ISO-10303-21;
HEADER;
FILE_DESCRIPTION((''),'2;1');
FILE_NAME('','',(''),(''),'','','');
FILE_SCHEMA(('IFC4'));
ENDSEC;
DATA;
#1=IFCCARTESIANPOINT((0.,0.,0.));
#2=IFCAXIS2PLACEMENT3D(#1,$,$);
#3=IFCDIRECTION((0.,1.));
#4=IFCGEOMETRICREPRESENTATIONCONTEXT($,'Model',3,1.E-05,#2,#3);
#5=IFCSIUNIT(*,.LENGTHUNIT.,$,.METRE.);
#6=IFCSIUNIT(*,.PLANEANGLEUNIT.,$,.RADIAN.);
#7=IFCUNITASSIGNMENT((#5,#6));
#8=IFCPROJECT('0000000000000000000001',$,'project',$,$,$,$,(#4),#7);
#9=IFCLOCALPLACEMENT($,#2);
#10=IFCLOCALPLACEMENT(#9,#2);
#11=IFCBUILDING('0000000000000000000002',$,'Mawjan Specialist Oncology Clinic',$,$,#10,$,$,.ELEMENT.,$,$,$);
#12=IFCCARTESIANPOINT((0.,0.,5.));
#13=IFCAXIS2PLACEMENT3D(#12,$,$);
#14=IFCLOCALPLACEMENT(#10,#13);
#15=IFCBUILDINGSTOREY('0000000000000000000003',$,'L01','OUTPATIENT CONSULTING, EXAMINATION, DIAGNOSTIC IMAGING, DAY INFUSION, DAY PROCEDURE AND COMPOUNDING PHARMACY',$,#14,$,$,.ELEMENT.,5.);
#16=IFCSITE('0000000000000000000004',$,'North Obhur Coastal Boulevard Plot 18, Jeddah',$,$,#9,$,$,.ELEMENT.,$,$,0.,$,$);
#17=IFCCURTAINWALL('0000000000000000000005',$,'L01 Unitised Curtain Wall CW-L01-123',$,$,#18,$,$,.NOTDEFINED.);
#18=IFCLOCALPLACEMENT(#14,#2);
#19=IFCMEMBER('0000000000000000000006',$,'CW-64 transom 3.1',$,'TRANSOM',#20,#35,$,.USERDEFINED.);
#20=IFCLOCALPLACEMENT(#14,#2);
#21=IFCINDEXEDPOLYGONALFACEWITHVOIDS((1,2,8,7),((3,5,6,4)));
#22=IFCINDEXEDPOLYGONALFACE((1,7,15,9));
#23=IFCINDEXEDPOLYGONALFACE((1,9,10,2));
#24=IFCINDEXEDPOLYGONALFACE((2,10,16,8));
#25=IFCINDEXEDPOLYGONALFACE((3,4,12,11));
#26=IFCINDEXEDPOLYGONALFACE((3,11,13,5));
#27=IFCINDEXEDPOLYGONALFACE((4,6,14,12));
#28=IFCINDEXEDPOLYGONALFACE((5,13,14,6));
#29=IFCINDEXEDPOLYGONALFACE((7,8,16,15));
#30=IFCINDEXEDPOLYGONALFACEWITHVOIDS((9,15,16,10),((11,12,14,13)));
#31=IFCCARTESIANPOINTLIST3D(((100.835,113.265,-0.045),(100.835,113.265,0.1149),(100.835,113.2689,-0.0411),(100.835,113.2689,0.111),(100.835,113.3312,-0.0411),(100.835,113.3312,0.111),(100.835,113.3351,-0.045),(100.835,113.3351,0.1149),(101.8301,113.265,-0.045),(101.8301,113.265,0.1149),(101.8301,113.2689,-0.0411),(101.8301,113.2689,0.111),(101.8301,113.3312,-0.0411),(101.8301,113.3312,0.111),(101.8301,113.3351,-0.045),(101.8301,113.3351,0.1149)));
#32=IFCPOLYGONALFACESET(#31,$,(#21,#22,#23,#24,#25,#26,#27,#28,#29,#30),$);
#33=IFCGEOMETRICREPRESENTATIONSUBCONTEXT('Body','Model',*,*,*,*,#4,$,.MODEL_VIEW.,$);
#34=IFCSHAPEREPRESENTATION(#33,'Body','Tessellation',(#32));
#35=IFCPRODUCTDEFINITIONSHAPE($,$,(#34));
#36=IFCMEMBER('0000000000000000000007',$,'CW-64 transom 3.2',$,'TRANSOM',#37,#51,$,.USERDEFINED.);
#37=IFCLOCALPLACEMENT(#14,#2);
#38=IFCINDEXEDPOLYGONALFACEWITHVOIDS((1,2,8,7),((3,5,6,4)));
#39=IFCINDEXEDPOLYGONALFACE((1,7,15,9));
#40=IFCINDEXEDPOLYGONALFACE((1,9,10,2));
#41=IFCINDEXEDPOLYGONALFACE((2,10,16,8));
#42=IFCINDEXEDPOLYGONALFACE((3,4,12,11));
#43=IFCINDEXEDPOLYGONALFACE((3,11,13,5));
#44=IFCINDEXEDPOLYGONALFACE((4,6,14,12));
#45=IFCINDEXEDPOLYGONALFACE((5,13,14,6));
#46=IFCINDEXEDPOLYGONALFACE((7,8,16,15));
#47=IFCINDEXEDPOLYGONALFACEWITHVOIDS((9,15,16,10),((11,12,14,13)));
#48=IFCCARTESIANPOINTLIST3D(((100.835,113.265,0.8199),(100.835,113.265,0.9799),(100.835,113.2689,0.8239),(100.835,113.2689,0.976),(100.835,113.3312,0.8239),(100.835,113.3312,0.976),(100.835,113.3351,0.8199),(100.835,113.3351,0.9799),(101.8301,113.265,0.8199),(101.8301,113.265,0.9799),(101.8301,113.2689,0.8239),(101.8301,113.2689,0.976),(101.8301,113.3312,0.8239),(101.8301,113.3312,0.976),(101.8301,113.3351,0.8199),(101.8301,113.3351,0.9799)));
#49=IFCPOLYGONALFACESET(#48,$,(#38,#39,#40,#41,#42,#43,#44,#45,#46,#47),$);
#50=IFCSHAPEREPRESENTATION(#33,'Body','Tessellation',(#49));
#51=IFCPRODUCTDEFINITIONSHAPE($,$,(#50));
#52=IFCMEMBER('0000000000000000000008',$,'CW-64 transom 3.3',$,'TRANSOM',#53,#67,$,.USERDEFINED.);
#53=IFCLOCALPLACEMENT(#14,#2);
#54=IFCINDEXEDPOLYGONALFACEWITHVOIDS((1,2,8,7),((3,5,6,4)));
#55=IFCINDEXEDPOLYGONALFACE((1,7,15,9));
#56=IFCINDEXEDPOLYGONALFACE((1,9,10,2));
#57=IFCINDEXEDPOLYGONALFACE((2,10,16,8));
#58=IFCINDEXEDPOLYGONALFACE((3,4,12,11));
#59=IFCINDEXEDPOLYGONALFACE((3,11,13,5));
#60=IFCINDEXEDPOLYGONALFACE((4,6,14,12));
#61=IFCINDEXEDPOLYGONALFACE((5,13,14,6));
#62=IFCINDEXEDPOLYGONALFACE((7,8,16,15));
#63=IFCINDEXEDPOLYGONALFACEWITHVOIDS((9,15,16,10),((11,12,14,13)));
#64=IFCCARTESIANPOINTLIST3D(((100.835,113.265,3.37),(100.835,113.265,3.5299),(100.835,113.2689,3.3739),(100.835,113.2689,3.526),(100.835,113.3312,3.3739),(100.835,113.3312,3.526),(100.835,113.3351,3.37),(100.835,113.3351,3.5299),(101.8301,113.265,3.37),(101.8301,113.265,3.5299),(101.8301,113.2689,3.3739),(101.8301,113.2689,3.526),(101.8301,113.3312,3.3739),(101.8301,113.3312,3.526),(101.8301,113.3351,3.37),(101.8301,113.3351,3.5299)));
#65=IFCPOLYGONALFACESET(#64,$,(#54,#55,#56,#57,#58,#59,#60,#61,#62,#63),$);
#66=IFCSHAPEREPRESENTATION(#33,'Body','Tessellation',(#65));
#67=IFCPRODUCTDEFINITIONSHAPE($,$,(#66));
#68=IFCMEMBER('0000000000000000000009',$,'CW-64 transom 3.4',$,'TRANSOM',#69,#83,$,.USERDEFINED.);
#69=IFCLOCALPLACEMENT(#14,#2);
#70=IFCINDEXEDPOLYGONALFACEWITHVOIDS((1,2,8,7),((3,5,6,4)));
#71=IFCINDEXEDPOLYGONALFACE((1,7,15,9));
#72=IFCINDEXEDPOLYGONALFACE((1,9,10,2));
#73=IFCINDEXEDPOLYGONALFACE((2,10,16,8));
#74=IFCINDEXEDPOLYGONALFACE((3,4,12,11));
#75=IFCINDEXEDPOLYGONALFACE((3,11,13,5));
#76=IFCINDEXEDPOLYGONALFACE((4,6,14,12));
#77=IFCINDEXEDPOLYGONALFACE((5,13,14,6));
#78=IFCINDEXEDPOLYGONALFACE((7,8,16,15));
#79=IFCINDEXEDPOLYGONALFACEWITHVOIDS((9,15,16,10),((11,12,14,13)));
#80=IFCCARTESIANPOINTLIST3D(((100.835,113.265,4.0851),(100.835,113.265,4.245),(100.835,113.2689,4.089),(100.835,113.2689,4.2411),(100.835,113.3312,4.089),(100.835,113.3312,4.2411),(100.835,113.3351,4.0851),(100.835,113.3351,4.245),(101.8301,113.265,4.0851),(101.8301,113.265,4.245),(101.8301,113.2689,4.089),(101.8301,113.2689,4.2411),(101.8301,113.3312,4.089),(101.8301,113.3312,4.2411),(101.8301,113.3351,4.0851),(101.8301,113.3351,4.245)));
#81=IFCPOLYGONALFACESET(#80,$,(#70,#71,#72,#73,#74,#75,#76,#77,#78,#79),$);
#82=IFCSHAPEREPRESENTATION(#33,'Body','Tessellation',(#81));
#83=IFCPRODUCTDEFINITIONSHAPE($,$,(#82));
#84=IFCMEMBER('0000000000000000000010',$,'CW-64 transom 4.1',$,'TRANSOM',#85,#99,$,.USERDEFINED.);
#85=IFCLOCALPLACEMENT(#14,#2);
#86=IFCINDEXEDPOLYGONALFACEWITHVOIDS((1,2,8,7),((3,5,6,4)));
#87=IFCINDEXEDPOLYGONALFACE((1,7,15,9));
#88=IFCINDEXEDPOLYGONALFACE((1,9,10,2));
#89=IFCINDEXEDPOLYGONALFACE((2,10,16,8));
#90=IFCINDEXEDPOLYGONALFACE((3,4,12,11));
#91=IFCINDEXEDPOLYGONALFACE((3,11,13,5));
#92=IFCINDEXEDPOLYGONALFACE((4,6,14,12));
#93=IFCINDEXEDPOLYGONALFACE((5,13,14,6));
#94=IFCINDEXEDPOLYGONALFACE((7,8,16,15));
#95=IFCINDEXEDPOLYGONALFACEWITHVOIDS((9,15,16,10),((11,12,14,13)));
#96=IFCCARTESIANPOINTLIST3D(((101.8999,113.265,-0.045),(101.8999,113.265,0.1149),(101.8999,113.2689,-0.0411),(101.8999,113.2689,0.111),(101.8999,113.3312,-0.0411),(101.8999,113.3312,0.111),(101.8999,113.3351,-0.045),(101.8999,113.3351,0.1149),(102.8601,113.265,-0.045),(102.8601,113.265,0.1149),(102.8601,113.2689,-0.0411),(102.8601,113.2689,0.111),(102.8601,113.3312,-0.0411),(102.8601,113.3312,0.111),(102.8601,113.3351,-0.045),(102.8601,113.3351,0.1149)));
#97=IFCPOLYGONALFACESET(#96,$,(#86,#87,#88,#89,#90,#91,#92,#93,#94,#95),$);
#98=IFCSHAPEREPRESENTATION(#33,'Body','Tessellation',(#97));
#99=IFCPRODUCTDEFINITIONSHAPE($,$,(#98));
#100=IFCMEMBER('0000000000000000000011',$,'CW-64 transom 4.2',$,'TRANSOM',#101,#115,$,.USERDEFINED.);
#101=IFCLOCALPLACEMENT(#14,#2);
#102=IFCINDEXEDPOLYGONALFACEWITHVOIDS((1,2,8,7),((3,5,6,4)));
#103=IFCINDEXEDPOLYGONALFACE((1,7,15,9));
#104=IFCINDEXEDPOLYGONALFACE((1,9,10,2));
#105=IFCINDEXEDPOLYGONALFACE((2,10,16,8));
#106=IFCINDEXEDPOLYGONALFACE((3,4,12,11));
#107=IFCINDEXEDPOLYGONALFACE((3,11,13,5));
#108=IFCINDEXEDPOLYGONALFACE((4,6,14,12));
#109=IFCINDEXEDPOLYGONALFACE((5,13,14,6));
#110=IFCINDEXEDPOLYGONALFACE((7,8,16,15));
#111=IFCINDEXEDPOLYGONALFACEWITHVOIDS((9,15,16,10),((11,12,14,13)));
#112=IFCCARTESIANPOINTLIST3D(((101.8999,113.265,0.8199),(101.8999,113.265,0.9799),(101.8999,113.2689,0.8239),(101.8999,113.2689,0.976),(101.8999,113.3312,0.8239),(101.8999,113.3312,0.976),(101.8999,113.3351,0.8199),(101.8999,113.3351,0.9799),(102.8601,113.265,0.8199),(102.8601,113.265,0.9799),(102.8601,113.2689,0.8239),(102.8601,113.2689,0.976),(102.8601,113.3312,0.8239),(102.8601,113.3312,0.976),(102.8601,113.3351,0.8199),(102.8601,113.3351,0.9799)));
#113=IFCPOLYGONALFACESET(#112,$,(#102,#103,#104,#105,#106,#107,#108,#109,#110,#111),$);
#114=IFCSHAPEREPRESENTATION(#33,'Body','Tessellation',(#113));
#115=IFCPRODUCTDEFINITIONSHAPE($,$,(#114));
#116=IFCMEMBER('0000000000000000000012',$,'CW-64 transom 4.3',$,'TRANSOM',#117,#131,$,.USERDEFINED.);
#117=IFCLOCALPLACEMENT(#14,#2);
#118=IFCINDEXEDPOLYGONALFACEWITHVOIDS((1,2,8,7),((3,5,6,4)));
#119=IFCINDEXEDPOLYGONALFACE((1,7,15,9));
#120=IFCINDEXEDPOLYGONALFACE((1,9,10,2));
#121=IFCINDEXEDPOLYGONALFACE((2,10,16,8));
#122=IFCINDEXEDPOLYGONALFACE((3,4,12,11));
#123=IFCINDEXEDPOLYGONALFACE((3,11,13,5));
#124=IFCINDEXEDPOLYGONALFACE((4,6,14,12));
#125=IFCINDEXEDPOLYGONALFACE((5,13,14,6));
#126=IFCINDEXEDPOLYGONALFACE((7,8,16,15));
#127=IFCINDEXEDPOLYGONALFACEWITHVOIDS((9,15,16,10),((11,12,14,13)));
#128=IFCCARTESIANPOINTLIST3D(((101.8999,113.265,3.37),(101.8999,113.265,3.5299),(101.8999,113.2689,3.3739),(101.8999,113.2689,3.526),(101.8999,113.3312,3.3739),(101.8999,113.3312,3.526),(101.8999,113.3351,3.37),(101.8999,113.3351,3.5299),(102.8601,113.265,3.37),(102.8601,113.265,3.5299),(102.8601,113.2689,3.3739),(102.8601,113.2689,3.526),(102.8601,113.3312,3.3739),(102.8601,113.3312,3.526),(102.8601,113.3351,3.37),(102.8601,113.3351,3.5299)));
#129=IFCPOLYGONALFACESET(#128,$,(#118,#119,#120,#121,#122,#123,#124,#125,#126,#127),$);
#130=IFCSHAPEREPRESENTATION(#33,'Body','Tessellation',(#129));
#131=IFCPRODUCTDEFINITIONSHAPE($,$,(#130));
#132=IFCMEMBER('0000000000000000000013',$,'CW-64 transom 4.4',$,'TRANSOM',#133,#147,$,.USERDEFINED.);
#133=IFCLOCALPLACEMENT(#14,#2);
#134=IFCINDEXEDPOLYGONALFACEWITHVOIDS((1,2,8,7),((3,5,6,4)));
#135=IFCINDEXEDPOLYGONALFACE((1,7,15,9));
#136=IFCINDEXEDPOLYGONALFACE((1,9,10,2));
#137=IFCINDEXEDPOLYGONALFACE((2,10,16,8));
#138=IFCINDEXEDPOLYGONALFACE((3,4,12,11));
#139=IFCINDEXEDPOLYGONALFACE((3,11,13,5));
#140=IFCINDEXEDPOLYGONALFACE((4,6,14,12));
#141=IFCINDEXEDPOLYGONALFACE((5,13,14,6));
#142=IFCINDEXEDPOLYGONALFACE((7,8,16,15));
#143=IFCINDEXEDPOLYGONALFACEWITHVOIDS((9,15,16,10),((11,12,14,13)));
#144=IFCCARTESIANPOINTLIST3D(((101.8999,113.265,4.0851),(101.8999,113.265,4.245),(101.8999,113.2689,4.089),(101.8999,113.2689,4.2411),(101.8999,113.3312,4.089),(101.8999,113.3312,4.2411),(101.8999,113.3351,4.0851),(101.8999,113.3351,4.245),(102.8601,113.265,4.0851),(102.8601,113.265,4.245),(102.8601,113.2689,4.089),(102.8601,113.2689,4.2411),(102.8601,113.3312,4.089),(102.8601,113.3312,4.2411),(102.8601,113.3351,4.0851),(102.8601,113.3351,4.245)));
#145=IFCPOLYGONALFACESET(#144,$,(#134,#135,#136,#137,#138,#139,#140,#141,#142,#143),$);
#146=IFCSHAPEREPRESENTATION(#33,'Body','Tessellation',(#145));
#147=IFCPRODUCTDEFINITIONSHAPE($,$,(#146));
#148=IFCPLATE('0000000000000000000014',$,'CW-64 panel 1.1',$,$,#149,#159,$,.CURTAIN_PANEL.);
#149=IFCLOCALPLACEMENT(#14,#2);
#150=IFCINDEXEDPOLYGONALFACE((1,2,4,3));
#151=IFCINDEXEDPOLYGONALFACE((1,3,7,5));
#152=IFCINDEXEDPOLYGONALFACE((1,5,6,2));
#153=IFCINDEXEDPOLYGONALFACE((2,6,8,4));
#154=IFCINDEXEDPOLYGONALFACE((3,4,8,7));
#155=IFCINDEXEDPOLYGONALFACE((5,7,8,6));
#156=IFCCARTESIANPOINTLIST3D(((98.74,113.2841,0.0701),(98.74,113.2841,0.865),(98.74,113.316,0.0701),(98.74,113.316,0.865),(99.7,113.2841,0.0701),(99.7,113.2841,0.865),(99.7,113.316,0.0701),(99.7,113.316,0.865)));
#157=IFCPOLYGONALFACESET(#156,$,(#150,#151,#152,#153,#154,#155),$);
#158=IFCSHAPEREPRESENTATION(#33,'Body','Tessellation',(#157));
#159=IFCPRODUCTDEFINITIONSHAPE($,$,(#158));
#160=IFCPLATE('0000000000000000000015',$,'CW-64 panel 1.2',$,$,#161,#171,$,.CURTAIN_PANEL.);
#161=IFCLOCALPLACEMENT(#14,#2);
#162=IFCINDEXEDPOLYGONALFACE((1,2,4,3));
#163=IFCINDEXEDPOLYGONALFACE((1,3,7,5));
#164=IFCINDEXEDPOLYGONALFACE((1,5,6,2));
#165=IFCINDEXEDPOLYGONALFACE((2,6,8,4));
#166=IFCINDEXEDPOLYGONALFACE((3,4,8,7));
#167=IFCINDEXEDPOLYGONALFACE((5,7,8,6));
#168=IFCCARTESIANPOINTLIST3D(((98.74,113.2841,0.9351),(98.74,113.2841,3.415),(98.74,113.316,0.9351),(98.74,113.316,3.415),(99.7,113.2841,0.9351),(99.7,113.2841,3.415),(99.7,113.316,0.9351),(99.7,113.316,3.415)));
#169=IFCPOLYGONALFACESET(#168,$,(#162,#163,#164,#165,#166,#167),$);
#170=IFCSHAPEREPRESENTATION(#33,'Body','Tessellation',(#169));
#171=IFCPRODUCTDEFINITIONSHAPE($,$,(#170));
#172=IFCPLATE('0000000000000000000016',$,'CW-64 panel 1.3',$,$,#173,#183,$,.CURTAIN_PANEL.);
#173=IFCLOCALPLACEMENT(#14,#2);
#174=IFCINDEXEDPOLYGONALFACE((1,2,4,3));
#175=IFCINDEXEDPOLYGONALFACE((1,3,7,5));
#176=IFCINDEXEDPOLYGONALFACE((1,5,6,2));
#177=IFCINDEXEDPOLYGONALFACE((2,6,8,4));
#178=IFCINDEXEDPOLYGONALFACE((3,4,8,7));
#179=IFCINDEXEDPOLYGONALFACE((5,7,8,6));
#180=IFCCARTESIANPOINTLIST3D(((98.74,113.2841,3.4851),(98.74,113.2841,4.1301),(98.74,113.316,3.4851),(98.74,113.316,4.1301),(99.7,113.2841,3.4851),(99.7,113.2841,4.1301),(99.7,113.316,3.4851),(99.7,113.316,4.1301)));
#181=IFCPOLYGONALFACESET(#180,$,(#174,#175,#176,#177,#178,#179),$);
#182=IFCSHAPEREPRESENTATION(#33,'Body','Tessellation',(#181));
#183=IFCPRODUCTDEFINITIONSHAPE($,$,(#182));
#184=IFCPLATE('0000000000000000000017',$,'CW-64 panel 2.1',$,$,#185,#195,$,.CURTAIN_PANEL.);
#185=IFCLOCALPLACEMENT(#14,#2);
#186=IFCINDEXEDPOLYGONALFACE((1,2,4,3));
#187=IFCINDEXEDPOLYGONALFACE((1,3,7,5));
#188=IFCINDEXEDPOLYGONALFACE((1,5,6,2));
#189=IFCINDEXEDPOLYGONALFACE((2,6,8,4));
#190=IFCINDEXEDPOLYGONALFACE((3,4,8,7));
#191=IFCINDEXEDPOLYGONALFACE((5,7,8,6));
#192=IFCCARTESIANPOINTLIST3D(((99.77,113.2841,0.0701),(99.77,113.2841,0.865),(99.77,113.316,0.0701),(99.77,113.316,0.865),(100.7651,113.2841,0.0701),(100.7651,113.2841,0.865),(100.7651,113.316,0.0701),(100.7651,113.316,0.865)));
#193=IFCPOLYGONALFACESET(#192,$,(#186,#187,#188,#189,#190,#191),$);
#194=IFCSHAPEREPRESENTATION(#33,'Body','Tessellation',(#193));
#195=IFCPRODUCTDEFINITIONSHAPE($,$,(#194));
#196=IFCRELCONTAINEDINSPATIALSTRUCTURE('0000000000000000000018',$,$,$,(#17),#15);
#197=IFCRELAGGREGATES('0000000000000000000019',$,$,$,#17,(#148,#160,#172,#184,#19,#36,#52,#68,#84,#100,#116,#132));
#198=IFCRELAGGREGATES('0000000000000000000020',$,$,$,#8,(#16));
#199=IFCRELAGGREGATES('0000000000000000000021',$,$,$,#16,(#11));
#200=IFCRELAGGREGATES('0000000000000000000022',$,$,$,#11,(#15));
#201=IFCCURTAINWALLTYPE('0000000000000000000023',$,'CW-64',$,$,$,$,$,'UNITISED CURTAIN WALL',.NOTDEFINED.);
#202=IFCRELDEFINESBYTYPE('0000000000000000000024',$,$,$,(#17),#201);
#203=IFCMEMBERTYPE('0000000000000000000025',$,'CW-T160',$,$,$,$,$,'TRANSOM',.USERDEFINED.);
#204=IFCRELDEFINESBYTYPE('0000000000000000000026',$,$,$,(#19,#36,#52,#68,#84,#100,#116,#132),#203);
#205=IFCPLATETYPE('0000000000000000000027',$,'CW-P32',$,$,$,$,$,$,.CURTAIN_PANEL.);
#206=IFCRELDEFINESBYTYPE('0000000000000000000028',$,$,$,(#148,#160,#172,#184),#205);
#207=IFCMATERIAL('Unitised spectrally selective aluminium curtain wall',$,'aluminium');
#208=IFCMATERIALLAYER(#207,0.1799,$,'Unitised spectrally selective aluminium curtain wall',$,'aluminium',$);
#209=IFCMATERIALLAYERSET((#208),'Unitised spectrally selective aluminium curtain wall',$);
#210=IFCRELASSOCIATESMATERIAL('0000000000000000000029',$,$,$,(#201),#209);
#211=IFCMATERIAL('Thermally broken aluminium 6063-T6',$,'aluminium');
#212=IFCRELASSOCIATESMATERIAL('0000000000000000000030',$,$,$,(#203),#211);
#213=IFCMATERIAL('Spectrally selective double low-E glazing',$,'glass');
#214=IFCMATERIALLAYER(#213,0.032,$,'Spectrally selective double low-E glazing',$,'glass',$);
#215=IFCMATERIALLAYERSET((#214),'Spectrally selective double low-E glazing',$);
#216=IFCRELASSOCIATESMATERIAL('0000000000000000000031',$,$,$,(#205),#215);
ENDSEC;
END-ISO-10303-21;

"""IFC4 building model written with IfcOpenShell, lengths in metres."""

from ifc_helpers import new_model, si_unit, direction, frame, origin, origin_2d, place, context, subcontext, project, spatial, rectangle, hollow_rectangle, extrude, material, layer, layer_set, material_profile, profile_set, type_object, element, aggregate, save


model = new_model("IFC4")

# Units and contexts
model_context = context("Model", 3, precision=1e-05, world=origin(), true_north=direction((0.0, 1.0)))
body_context = subcontext(model_context, "Body", "Model", "MODEL_VIEW")
ifc_project = project(units=[si_unit("LENGTHUNIT", "METRE"), si_unit("PLANEANGLEUNIT", "RADIAN")], contexts=[model_context])

# Site, building, storey
site_placement = place(None, origin())
site = spatial("IfcSite", under=ifc_project, at=site_placement, Name="North Obhur Coastal Boulevard Plot 18, Jeddah", CompositionType="ELEMENT", RefElevation=0.0)
building_placement = place(site_placement, origin())
building = spatial("IfcBuilding", under=site, at=building_placement, Name="Mawjan Specialist Oncology Clinic", CompositionType="ELEMENT")
storey_placement = place(building_placement, frame((0.0, 0.0, 5.0)))
storey = spatial("IfcBuildingStorey", under=building, at=storey_placement, Name="L01", Description="OUTPATIENT CONSULTING, EXAMINATION, DIAGNOSTIC IMAGING, DAY INFUSION, DAY PROCEDURE AND COMPOUNDING PHARMACY", CompositionType="ELEMENT", Elevation=5.0)

# Curtain wall, members, plates
ifc_material_1 = material(Name="Unitised spectrally selective aluminium curtain wall", Category="aluminium")
ifc_layer_1 = layer(ifc_material_1, 0.1799, Name="Unitised spectrally selective aluminium curtain wall", Category="aluminium")
ifc_layer_set_1 = layer_set([ifc_layer_1], Name="Unitised spectrally selective aluminium curtain wall")
curtain_wall_type = type_object("IfcCurtainWallType", Name="CW-64", ElementType="UNITISED CURTAIN WALL", PredefinedType="NOTDEFINED", material=ifc_layer_set_1)
curtain_wall_placement = place(storey_placement, origin())
curtain_wall = element("IfcCurtainWall", 1, at=curtain_wall_placement, inside=storey, type_object=curtain_wall_type, Name="L01 Unitised Curtain Wall CW-L01-123", PredefinedType="NOTDEFINED")
ifc_material_2 = material(Name="Thermally broken aluminium 6063-T6", Category="aluminium")
ifc_material_profile_1 = material_profile(ifc_material_2, hollow_rectangle(XDim=0.0701, YDim=0.1599, WallThickness=0.0039, at=origin_2d()), Name="ALU TRANSOM 160x70x4", Category="aluminium")
ifc_profile_set_1 = profile_set([ifc_material_profile_1], Name="Thermally broken aluminium 6063-T6")
member_type_1 = type_object("IfcMemberType", Name="CW-T160", ElementType="TRANSOM", PredefinedType="USERDEFINED", material=ifc_profile_set_1)
member_1_placement = place(storey_placement, frame((100.835, 113.3, 0.0349), z_axis=(1.0, 0.0, 0.0), x_axis=(0.0, 1.0, 0.0)))
member_1 = element("IfcMember", 2, at=member_1_placement, type_object=member_type_1, Name="CW-64 transom 3.1", ObjectType="TRANSOM", PredefinedType="USERDEFINED", context=body_context, shape_type="SweptSolid", body=[
    extrude(hollow_rectangle(XDim=0.0701, YDim=0.1599, WallThickness=0.0039, at=origin_2d()), origin(), (0.0, 0.0, 1.0), 0.9951),
])
member_2_placement = place(storey_placement, frame((100.835, 113.3, 0.8999), z_axis=(1.0, 0.0, 0.0), x_axis=(0.0, 1.0, 0.0)))
member_2 = element("IfcMember", 3, at=member_2_placement, type_object=member_type_1, Name="CW-64 transom 3.2", ObjectType="TRANSOM", PredefinedType="USERDEFINED", context=body_context, shape_type="SweptSolid", body=[
    extrude(hollow_rectangle(XDim=0.0701, YDim=0.1599, WallThickness=0.0039, at=origin_2d()), origin(), (0.0, 0.0, 1.0), 0.9951),
])
member_3_placement = place(storey_placement, frame((100.835, 113.3, 3.45), z_axis=(1.0, 0.0, 0.0), x_axis=(0.0, 1.0, 0.0)))
member_3 = element("IfcMember", 4, at=member_3_placement, type_object=member_type_1, Name="CW-64 transom 3.3", ObjectType="TRANSOM", PredefinedType="USERDEFINED", context=body_context, shape_type="SweptSolid", body=[
    extrude(hollow_rectangle(XDim=0.0701, YDim=0.1599, WallThickness=0.0039, at=origin_2d()), origin(), (0.0, 0.0, 1.0), 0.9951),
])
member_4_placement = place(storey_placement, frame((100.835, 113.3, 4.165), z_axis=(1.0, 0.0, 0.0), x_axis=(0.0, 1.0, 0.0)))
member_4 = element("IfcMember", 5, at=member_4_placement, type_object=member_type_1, Name="CW-64 transom 3.4", ObjectType="TRANSOM", PredefinedType="USERDEFINED", context=body_context, shape_type="SweptSolid", body=[
    extrude(hollow_rectangle(XDim=0.0701, YDim=0.1599, WallThickness=0.0039, at=origin_2d()), origin(), (0.0, 0.0, 1.0), 0.9951),
])
member_5_placement = place(storey_placement, frame((101.8999, 113.3, 0.0349), z_axis=(1.0, 0.0, 0.0), x_axis=(0.0, 1.0, 0.0)))
member_5 = element("IfcMember", 6, at=member_5_placement, type_object=member_type_1, Name="CW-64 transom 4.1", ObjectType="TRANSOM", PredefinedType="USERDEFINED", context=body_context, shape_type="SweptSolid", body=[
    extrude(hollow_rectangle(XDim=0.0701, YDim=0.1599, WallThickness=0.0039, at=origin_2d()), origin(), (0.0, 0.0, 1.0), 0.9602),
])
member_6_placement = place(storey_placement, frame((101.8999, 113.3, 0.8999), z_axis=(1.0, 0.0, 0.0), x_axis=(0.0, 1.0, 0.0)))
member_6 = element("IfcMember", 7, at=member_6_placement, type_object=member_type_1, Name="CW-64 transom 4.2", ObjectType="TRANSOM", PredefinedType="USERDEFINED", context=body_context, shape_type="SweptSolid", body=[
    extrude(hollow_rectangle(XDim=0.0701, YDim=0.1599, WallThickness=0.0039, at=origin_2d()), origin(), (0.0, 0.0, 1.0), 0.9602),
])
member_7_placement = place(storey_placement, frame((101.8999, 113.3, 3.45), z_axis=(1.0, 0.0, 0.0), x_axis=(0.0, 1.0, 0.0)))
member_7 = element("IfcMember", 8, at=member_7_placement, type_object=member_type_1, Name="CW-64 transom 4.3", ObjectType="TRANSOM", PredefinedType="USERDEFINED", context=body_context, shape_type="SweptSolid", body=[
    extrude(hollow_rectangle(XDim=0.0701, YDim=0.1599, WallThickness=0.0039, at=origin_2d()), origin(), (0.0, 0.0, 1.0), 0.9602),
])
member_8_placement = place(storey_placement, frame((101.8999, 113.3, 4.165), z_axis=(1.0, 0.0, 0.0), x_axis=(0.0, 1.0, 0.0)))
member_8 = element("IfcMember", 9, at=member_8_placement, type_object=member_type_1, Name="CW-64 transom 4.4", ObjectType="TRANSOM", PredefinedType="USERDEFINED", context=body_context, shape_type="SweptSolid", body=[
    extrude(hollow_rectangle(XDim=0.0701, YDim=0.1599, WallThickness=0.0039, at=origin_2d()), origin(), (0.0, 0.0, 1.0), 0.9602),
])
ifc_material_3 = material(Name="Spectrally selective double low-E glazing", Category="glass")
ifc_layer_2 = layer(ifc_material_3, 0.032, Name="Spectrally selective double low-E glazing", Category="glass")
ifc_layer_set_2 = layer_set([ifc_layer_2], Name="Spectrally selective double low-E glazing")
plate_type = type_object("IfcPlateType", Name="CW-P32", PredefinedType="CURTAIN_PANEL", material=ifc_layer_set_2)
plate_1_placement = place(storey_placement, frame((99.22, 113.3, 0.0701), z_axis=(0.0, 0.0, 1.0), x_axis=(1.0, 0.0, 0.0)))
plate_1 = element("IfcPlate", 10, at=plate_1_placement, type_object=plate_type, Name="CW-64 panel 1.1", PredefinedType="CURTAIN_PANEL", context=body_context, shape_type="SweptSolid", body=[
    extrude(rectangle(XDim=0.96, YDim=0.032, at=origin_2d()), origin(), (0.0, 0.0, 1.0), 0.7949),
])
plate_2_placement = place(storey_placement, frame((99.22, 113.3, 0.9351), z_axis=(0.0, 0.0, 1.0), x_axis=(1.0, 0.0, 0.0)))
plate_2 = element("IfcPlate", 11, at=plate_2_placement, type_object=plate_type, Name="CW-64 panel 1.2", PredefinedType="CURTAIN_PANEL", context=body_context, shape_type="SweptSolid", body=[
    extrude(rectangle(XDim=0.96, YDim=0.032, at=origin_2d()), origin(), (0.0, 0.0, 1.0), 2.48),
])
plate_3_placement = place(storey_placement, frame((99.22, 113.3, 3.4851), z_axis=(0.0, 0.0, 1.0), x_axis=(1.0, 0.0, 0.0)))
plate_3 = element("IfcPlate", 12, at=plate_3_placement, type_object=plate_type, Name="CW-64 panel 1.3", PredefinedType="CURTAIN_PANEL", context=body_context, shape_type="SweptSolid", body=[
    extrude(rectangle(XDim=0.96, YDim=0.032, at=origin_2d()), origin(), (0.0, 0.0, 1.0), 0.645),
])
plate_4_placement = place(storey_placement, frame((100.2676, 113.3, 0.0701), z_axis=(0.0, 0.0, 1.0), x_axis=(1.0, 0.0, 0.0)))
plate_4 = element("IfcPlate", 13, at=plate_4_placement, type_object=plate_type, Name="CW-64 panel 2.1", PredefinedType="CURTAIN_PANEL", context=body_context, shape_type="SweptSolid", body=[
    extrude(rectangle(XDim=0.9951, YDim=0.032, at=origin_2d()), origin(), (0.0, 0.0, 1.0), 0.7949),
])
aggregate(curtain_wall, [plate_1, plate_2, plate_3, plate_4, member_1, member_2, member_3, member_4, member_5, member_6, member_7, member_8])

save(model, "model.ifc")
